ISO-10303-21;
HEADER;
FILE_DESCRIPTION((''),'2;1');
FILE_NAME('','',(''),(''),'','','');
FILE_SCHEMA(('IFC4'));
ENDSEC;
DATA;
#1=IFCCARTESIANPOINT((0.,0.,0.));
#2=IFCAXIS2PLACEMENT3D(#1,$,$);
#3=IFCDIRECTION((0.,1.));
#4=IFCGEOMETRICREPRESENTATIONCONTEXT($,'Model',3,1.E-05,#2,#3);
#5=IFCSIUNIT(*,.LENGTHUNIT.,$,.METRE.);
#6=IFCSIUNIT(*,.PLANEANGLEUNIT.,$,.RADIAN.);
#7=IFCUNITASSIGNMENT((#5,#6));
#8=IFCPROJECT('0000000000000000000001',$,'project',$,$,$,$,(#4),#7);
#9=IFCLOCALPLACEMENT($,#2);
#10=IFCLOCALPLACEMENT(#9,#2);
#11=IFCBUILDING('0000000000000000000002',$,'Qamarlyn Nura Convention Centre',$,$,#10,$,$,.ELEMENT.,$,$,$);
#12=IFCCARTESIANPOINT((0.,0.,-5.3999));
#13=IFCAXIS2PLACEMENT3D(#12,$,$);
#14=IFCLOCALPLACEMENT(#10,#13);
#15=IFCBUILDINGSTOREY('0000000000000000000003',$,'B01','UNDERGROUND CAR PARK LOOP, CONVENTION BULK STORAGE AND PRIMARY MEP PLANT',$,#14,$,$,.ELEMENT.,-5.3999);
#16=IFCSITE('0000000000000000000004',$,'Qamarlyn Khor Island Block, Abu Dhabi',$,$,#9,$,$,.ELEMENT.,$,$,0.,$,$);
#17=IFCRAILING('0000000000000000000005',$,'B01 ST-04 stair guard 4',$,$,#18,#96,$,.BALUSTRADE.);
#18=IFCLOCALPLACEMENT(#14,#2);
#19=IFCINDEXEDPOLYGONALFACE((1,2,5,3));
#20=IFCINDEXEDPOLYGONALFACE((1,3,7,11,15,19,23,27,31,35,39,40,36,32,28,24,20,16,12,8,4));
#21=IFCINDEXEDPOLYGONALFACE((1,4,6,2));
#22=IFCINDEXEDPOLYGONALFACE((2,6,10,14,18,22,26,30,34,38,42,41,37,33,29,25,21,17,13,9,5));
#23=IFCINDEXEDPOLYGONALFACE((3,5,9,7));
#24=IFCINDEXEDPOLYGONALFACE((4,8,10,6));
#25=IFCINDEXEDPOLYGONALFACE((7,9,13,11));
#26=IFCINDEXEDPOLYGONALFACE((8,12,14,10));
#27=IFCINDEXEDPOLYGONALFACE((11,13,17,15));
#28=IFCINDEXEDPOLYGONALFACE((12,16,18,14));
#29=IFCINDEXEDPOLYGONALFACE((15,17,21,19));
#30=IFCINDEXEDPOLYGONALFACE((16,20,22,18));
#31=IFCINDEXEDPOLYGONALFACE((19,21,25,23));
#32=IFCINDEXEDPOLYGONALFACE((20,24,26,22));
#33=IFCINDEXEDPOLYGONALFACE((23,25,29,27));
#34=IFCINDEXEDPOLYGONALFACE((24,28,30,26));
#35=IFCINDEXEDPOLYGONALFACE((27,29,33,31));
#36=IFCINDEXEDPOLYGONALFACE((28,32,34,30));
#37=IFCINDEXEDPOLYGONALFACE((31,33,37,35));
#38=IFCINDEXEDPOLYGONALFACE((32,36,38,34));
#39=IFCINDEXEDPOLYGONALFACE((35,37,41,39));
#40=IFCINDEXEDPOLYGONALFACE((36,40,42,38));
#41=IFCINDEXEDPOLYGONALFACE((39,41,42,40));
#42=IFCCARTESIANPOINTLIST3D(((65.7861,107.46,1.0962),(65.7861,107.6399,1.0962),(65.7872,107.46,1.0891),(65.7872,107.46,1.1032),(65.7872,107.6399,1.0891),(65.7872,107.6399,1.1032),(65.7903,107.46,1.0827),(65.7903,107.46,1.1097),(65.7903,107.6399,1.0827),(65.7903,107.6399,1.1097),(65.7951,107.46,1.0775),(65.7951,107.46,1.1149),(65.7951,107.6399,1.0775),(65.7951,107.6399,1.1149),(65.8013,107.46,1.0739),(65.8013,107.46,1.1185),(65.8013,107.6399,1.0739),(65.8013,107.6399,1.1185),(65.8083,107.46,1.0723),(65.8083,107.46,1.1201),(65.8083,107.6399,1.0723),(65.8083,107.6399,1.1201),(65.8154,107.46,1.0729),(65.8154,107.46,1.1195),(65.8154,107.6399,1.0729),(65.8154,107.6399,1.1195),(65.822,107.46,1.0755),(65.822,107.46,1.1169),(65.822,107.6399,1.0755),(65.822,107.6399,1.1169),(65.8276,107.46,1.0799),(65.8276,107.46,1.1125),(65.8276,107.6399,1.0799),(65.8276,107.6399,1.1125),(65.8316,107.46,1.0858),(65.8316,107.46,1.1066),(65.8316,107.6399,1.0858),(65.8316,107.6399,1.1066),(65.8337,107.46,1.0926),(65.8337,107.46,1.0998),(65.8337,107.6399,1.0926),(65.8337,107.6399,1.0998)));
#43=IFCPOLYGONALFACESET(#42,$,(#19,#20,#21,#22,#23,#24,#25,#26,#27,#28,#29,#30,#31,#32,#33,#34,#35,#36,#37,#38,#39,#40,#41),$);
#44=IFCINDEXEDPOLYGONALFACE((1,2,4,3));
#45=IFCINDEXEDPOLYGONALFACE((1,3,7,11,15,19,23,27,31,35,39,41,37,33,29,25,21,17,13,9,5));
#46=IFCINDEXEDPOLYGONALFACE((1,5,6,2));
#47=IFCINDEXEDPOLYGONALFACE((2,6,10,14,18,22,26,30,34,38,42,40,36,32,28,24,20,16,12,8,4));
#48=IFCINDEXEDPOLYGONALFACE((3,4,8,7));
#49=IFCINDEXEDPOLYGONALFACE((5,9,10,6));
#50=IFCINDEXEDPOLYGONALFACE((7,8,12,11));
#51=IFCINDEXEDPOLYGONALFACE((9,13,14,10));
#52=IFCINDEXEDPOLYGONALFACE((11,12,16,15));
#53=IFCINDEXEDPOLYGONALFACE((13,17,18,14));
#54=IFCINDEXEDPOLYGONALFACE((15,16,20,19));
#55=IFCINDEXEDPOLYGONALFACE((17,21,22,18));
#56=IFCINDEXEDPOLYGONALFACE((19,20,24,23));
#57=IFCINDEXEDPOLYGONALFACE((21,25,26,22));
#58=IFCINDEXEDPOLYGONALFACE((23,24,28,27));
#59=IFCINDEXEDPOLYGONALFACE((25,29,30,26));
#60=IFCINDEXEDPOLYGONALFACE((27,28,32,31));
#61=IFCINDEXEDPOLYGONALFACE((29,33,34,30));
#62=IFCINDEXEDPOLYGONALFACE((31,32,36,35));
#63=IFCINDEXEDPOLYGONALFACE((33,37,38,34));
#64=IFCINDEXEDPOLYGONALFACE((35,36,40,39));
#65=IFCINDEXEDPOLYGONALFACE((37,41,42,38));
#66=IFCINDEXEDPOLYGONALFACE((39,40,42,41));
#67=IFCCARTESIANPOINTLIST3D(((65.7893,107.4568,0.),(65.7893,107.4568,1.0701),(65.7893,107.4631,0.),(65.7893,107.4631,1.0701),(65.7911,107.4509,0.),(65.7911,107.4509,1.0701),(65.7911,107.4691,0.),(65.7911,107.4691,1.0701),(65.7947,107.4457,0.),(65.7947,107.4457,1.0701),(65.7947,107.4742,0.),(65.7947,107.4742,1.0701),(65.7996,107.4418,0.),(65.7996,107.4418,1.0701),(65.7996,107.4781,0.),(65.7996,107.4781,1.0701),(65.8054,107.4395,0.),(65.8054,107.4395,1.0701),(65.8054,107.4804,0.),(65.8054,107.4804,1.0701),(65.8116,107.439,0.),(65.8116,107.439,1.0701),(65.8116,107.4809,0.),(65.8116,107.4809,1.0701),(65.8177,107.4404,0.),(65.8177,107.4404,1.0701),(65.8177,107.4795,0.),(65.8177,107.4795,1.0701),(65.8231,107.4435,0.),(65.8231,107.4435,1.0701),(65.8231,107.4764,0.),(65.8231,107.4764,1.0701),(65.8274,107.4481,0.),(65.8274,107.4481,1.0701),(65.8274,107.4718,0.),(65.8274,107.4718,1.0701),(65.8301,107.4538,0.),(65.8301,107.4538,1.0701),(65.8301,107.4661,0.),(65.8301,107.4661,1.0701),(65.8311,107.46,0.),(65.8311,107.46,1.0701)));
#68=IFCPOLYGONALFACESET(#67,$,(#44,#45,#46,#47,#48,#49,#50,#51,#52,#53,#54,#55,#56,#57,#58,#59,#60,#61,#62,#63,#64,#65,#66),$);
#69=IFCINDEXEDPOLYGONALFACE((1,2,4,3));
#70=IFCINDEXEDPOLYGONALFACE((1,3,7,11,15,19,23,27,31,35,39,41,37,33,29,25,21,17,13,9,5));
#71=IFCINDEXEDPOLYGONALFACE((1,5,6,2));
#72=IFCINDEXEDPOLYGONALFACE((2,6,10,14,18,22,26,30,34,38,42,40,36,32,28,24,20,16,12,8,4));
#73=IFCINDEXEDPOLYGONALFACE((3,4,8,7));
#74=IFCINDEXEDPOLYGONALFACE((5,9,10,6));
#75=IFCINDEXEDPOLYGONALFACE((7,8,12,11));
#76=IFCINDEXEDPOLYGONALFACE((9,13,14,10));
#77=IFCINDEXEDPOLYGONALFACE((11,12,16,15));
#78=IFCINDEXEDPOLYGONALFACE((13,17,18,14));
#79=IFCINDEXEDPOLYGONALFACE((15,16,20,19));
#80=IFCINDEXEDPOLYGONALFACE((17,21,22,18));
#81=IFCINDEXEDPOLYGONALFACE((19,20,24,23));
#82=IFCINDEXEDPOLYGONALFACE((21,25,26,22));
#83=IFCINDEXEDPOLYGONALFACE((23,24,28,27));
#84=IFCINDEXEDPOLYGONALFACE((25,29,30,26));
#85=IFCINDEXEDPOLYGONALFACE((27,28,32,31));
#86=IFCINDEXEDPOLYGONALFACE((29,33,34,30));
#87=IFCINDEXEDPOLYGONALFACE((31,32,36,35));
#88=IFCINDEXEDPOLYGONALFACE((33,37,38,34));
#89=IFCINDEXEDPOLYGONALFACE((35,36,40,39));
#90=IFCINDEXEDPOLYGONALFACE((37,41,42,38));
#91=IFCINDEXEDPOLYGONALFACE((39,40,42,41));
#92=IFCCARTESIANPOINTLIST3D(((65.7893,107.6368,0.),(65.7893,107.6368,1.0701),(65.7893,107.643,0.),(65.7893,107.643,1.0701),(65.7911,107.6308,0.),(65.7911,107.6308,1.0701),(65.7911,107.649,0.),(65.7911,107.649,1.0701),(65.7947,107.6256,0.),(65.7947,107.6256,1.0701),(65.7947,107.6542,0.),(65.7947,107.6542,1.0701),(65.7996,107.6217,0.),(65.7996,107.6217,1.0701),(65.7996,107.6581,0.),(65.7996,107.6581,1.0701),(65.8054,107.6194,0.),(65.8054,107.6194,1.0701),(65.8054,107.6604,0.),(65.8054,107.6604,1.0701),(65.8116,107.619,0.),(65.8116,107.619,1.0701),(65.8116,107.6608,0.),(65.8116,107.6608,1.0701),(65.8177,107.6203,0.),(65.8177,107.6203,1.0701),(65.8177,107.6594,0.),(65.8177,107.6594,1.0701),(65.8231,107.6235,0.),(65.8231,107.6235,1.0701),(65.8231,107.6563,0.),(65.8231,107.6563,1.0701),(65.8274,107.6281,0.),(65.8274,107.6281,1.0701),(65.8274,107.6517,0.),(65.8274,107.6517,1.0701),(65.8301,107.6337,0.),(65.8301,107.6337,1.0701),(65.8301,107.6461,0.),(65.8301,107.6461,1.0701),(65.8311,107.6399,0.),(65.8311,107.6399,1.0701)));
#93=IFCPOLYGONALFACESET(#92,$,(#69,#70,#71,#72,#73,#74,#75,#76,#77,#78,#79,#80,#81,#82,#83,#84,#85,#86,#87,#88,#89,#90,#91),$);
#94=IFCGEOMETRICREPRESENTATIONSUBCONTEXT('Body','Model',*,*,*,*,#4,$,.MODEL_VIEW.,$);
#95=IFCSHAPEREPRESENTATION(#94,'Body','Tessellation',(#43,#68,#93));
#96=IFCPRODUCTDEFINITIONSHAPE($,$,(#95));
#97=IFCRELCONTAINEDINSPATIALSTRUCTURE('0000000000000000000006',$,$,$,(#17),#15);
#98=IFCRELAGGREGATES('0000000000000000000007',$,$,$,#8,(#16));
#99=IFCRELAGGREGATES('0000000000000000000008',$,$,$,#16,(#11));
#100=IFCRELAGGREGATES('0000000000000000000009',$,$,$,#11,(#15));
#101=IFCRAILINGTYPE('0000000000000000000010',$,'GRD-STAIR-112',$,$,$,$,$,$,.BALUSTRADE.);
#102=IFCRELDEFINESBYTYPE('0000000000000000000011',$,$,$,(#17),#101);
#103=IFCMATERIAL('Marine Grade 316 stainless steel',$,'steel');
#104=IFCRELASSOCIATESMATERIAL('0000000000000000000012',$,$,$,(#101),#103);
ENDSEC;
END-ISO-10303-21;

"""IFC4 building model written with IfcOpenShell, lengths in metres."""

from ifc_helpers import new_model, si_unit, direction, frame, origin, origin_2d, place, context, subcontext, project, spatial, circle, extrude, material, type_object, element, save


model = new_model("IFC4")

# Units and contexts
model_context = context("Model", 3, precision=1e-05, world=origin(), true_north=direction((0.0, 1.0)))
body_context = subcontext(model_context, "Body", "Model", "MODEL_VIEW")
ifc_project = project(units=[si_unit("LENGTHUNIT", "METRE"), si_unit("PLANEANGLEUNIT", "RADIAN")], contexts=[model_context])

# Site, building, storey
site_placement = place(None, origin())
site = spatial("IfcSite", under=ifc_project, at=site_placement, Name="Qamarlyn Khor Island Block, Abu Dhabi", CompositionType="ELEMENT", RefElevation=0.0)
building_placement = place(site_placement, origin())
building = spatial("IfcBuilding", under=site, at=building_placement, Name="Qamarlyn Nura Convention Centre", CompositionType="ELEMENT")
storey_placement = place(building_placement, frame((0.0, 0.0, -5.3999)))
storey = spatial("IfcBuildingStorey", under=building, at=storey_placement, Name="B01", Description="UNDERGROUND CAR PARK LOOP, CONVENTION BULK STORAGE AND PRIMARY MEP PLANT", CompositionType="ELEMENT", Elevation=-5.3999)

# Railing
ifc_material_1 = material(Name="Marine Grade 316 stainless steel", Category="steel")
railing_type_1 = type_object("IfcRailingType", Name="GRD-STAIR-112", PredefinedType="BALUSTRADE", material=ifc_material_1)
railing_1_placement = place(storey_placement, frame((65.8101, 107.46, 0.0)))
element("IfcRailing", 1, at=railing_1_placement, inside=storey, type_object=railing_type_1, Name="B01 ST-04 stair guard 4", PredefinedType="BALUSTRADE", context=body_context, shape_type="SweptSolid", body=[
    extrude(circle(Radius=0.0239, at=origin_2d()), frame((0.0, 0.0, 1.0962), z_axis=(0.0, 1.0, 0.0), x_axis=(-1.0, 0.0, 0.0)), (0.0, 0.0, 1.0), 0.1799),
    extrude(circle(Radius=0.021, at=origin_2d()), origin(), (0.0, 0.0, 1.0), 1.0701),
    extrude(circle(Radius=0.021, at=origin_2d()), frame((0.0, 0.1799, 0.0)), (0.0, 0.0, 1.0), 1.0701),
])

save(model, "model.ifc")
